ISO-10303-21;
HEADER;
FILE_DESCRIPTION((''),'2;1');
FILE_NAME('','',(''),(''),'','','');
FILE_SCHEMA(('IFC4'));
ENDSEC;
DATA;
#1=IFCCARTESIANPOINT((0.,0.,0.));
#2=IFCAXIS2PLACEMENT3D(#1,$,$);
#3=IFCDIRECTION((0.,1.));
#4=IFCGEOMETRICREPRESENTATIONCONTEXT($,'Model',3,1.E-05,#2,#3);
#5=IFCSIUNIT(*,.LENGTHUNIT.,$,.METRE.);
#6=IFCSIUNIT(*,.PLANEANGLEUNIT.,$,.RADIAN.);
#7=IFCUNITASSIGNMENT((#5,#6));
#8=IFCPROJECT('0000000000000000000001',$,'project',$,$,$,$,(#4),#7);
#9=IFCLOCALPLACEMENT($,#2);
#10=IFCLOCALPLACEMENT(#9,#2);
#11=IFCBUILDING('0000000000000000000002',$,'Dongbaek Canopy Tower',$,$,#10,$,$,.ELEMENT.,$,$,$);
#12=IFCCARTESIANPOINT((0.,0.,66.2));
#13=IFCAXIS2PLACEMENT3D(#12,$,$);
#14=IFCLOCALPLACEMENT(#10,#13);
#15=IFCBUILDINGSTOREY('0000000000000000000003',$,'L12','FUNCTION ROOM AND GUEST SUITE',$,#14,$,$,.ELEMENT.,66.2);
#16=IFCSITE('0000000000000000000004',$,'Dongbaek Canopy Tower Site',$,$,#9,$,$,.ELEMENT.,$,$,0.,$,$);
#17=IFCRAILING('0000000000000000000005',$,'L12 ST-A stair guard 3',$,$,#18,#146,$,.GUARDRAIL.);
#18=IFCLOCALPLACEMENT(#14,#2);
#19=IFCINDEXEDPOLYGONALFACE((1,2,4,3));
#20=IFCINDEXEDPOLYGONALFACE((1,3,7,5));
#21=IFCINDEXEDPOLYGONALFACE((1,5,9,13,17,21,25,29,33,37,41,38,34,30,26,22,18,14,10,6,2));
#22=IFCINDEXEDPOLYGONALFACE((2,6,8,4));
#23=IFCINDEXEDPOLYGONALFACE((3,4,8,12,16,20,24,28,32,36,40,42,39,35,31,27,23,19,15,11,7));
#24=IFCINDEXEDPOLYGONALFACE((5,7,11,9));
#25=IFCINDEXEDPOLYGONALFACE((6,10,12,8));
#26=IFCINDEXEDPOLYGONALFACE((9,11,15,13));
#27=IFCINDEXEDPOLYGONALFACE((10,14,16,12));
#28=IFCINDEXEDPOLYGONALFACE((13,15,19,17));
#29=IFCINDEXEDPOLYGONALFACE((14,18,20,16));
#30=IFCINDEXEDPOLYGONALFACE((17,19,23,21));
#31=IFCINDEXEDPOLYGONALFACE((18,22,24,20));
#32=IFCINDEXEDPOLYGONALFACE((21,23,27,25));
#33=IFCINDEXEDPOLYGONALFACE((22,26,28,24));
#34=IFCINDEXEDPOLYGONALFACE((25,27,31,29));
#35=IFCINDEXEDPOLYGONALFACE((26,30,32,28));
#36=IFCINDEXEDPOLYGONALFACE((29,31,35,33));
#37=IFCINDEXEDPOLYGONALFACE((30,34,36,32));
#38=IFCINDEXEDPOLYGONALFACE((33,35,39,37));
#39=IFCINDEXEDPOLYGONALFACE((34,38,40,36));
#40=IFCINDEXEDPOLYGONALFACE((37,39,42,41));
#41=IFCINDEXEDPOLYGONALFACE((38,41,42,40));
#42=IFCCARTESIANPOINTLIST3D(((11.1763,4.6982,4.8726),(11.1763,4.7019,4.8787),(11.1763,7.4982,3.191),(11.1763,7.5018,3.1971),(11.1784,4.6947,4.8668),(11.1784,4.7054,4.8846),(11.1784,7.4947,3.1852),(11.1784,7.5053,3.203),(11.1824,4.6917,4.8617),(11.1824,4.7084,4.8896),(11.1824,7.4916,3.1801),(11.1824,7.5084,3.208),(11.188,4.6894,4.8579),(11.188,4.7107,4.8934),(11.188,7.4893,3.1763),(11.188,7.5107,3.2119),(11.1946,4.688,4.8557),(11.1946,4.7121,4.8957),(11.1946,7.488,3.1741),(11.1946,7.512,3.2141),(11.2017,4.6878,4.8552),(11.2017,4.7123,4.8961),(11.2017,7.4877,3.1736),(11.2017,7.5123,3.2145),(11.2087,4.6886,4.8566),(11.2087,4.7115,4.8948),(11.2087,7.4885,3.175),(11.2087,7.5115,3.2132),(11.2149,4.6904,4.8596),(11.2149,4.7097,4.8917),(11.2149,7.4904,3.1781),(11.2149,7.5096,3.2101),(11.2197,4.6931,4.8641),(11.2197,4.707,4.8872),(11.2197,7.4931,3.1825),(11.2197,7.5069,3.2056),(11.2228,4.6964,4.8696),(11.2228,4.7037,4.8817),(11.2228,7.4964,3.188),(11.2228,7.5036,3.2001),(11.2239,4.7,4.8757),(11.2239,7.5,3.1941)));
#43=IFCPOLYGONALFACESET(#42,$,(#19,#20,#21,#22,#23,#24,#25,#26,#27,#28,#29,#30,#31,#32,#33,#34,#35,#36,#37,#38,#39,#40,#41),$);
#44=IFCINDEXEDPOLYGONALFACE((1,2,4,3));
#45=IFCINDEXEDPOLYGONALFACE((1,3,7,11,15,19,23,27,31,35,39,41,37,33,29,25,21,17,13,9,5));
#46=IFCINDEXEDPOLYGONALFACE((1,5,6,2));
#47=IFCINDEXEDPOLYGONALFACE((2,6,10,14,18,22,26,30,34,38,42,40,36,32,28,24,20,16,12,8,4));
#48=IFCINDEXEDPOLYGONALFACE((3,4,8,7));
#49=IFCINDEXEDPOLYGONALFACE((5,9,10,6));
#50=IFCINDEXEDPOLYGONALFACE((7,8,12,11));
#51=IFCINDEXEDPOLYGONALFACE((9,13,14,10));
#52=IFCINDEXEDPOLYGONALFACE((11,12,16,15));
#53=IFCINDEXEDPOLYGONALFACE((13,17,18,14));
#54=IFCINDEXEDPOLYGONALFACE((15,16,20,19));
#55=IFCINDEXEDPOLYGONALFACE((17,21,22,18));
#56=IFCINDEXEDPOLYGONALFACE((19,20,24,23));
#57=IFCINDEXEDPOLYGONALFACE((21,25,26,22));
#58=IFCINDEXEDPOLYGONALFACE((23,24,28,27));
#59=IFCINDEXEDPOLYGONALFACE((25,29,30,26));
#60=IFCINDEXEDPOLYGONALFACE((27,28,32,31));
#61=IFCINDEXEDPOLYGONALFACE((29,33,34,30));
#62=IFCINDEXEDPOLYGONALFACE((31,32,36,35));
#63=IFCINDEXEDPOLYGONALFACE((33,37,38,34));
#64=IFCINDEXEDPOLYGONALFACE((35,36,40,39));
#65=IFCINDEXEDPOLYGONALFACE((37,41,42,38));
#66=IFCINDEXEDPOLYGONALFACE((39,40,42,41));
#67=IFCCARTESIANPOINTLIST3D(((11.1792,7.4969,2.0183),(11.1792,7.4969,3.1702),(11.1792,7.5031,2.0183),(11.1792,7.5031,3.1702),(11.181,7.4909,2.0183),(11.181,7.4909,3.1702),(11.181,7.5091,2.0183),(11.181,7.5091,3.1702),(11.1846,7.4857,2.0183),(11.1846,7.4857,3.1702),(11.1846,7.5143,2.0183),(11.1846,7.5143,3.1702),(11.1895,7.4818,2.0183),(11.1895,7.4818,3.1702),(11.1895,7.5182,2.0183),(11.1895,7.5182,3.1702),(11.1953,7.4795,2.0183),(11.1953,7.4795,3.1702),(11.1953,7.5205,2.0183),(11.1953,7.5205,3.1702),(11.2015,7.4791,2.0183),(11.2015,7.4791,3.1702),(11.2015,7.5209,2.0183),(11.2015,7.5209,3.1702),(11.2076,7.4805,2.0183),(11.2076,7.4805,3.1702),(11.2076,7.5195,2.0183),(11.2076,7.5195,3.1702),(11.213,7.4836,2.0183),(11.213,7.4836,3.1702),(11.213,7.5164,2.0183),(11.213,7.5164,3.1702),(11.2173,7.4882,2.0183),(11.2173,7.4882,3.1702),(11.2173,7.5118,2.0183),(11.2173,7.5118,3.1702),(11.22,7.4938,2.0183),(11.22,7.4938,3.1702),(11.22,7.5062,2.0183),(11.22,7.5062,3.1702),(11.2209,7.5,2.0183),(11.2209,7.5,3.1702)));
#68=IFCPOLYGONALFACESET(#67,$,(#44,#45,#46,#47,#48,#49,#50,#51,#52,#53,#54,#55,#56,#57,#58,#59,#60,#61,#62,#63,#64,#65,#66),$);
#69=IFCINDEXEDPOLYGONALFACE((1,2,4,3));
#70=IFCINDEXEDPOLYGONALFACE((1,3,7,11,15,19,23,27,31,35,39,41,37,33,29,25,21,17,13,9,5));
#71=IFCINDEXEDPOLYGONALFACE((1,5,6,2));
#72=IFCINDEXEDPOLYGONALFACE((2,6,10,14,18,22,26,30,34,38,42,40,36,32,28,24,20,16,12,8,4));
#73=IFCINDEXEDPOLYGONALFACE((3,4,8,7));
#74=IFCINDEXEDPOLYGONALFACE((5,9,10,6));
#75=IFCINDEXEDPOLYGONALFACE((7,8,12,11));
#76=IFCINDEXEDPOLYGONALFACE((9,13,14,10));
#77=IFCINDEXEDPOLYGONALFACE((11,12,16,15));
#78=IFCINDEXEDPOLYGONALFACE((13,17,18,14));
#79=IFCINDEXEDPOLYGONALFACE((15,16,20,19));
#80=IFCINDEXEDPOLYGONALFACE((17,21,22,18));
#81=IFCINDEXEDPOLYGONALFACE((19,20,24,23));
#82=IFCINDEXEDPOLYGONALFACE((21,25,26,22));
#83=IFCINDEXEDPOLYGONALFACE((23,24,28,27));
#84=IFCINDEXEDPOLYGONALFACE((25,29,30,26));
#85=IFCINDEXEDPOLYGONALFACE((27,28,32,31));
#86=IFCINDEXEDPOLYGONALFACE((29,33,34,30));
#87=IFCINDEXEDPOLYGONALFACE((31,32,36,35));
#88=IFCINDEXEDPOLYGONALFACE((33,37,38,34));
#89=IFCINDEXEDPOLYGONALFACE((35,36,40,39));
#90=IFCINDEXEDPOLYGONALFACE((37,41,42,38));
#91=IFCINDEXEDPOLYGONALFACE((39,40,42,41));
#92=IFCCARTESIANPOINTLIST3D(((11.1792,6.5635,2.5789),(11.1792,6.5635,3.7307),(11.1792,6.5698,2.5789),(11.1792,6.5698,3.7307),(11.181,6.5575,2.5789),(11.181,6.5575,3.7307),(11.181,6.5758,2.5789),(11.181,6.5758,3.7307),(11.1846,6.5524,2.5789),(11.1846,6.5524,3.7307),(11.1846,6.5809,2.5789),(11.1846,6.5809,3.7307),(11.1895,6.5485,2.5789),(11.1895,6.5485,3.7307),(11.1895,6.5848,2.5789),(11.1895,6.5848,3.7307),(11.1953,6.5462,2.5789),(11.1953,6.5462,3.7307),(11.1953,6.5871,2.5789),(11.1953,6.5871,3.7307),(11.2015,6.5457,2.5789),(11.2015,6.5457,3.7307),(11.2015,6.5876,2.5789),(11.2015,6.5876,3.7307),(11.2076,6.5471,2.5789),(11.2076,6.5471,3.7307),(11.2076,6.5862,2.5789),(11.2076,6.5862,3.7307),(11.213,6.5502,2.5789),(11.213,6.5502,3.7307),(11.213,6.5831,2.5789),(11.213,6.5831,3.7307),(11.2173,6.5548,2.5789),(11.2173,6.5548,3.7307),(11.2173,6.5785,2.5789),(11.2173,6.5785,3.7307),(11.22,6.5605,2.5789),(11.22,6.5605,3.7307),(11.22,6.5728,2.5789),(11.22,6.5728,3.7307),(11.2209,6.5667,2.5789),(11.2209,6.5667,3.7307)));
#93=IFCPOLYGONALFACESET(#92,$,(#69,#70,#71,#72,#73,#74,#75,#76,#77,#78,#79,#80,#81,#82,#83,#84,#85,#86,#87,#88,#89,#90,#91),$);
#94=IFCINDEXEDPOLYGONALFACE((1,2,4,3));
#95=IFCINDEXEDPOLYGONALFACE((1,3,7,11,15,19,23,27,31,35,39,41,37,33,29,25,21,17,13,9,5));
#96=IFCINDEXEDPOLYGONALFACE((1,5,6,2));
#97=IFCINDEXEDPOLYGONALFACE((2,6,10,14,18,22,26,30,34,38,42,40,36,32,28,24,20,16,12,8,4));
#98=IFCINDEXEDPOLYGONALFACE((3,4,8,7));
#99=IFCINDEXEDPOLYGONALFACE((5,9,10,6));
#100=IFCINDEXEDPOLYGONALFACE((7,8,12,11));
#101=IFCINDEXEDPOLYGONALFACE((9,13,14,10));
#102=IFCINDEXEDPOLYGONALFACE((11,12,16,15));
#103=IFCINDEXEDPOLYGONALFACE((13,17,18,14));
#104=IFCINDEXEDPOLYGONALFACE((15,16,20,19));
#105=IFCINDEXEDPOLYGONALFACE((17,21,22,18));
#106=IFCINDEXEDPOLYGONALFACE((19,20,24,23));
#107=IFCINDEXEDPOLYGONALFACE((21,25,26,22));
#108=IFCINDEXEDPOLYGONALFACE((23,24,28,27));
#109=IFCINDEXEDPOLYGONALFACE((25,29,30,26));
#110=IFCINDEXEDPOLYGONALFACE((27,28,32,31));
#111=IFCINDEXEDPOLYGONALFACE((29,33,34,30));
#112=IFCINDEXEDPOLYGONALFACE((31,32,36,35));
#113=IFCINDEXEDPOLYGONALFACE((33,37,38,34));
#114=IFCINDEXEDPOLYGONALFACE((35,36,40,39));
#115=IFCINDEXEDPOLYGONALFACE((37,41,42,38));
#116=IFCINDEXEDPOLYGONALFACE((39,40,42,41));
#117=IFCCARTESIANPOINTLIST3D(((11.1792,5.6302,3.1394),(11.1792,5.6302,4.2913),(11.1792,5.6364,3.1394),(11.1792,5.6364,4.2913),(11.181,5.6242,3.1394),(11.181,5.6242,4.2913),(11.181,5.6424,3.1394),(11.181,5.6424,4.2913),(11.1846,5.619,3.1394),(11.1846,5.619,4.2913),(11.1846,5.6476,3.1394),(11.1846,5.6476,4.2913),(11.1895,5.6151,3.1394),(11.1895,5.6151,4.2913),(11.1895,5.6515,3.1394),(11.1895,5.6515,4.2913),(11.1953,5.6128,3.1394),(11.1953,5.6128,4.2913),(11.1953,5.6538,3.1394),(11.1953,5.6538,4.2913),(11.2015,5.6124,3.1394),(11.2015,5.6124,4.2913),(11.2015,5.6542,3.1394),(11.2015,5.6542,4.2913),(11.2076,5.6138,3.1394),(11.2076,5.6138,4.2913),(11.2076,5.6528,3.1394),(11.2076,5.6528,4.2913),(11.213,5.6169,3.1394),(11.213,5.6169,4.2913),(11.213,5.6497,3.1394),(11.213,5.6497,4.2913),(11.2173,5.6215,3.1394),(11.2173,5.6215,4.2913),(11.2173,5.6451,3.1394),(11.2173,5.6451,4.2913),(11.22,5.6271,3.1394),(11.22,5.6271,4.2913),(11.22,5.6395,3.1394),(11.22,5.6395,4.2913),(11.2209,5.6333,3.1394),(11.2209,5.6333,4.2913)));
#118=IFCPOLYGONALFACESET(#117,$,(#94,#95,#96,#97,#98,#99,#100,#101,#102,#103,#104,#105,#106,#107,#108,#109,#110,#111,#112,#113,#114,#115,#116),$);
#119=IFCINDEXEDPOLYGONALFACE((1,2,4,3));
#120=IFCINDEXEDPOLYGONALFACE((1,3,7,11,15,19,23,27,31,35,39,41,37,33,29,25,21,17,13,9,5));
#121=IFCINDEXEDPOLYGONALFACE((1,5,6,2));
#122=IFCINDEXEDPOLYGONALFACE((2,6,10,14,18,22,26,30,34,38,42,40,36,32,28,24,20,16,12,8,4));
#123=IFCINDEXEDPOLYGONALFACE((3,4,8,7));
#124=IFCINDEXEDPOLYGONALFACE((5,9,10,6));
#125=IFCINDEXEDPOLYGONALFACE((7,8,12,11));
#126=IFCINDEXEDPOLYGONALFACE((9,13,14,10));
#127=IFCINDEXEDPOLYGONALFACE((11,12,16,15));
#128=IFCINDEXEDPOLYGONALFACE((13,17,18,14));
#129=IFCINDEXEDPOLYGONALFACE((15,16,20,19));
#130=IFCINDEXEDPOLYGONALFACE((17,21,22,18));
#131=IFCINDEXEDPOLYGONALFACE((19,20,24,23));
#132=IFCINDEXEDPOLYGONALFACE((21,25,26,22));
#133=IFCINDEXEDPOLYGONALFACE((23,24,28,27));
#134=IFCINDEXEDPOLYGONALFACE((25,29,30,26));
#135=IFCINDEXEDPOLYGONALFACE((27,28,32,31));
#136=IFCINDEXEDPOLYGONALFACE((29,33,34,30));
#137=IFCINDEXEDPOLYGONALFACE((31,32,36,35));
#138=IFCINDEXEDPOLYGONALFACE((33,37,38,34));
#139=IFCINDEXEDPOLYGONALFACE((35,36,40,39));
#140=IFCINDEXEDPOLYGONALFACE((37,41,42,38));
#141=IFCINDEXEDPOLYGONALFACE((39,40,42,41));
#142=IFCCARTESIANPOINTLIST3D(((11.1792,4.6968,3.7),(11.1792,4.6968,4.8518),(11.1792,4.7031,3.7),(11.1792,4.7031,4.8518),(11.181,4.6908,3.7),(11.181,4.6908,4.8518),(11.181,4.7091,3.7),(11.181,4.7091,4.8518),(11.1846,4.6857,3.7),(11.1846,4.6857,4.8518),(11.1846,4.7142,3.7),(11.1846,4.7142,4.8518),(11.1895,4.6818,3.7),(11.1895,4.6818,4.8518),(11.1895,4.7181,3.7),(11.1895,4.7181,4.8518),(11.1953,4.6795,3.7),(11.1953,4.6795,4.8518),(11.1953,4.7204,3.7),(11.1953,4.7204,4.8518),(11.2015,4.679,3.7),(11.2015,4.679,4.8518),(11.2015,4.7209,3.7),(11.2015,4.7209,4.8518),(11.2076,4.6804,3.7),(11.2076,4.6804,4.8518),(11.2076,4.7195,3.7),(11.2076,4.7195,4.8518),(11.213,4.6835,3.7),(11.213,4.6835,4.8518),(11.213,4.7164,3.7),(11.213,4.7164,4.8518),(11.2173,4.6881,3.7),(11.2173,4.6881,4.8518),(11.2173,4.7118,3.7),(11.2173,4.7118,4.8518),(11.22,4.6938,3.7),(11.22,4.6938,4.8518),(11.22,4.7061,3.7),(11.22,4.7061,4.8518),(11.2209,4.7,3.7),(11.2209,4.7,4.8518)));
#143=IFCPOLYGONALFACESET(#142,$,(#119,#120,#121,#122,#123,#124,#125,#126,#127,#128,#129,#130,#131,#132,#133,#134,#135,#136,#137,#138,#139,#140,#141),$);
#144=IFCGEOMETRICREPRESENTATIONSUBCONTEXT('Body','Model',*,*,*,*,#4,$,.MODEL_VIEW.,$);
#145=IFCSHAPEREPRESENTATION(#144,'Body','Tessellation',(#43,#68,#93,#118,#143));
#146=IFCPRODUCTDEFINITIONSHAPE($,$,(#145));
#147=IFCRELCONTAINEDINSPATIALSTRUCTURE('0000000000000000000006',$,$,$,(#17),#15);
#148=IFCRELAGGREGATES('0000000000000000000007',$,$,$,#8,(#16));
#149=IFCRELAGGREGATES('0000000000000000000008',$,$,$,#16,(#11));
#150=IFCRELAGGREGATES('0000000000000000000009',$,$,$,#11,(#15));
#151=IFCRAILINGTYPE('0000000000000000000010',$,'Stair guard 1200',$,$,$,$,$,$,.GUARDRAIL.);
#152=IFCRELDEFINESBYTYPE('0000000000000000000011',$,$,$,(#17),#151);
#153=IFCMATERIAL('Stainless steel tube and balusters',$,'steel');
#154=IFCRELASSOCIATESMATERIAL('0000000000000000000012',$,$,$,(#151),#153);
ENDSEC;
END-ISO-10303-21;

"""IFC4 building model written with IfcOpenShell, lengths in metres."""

from ifc_helpers import new_model, si_unit, direction, frame, origin, origin_2d, place, context, subcontext, project, spatial, circle, extrude, material, type_object, element, save


model = new_model("IFC4")

# Units and contexts
model_context = context("Model", 3, precision=1e-05, world=origin(), true_north=direction((0.0, 1.0)))
body_context = subcontext(model_context, "Body", "Model", "MODEL_VIEW")
ifc_project = project(units=[si_unit("LENGTHUNIT", "METRE"), si_unit("PLANEANGLEUNIT", "RADIAN")], contexts=[model_context])

# Site, building, storey
site_placement = place(None, origin())
site = spatial("IfcSite", under=ifc_project, at=site_placement, Name="Dongbaek Canopy Tower Site", CompositionType="ELEMENT", RefElevation=0.0)
building_placement = place(site_placement, origin())
building = spatial("IfcBuilding", under=site, at=building_placement, Name="Dongbaek Canopy Tower", CompositionType="ELEMENT")
storey_placement = place(building_placement, frame((0.0, 0.0, 66.2)))
storey = spatial("IfcBuildingStorey", under=building, at=storey_placement, Name="L12", Description="FUNCTION ROOM AND GUEST SUITE", CompositionType="ELEMENT", Elevation=66.2)

# Railing
ifc_material_1 = material(Name="Stainless steel tube and balusters", Category="steel")
railing_type_1 = type_object("IfcRailingType", Name="Stair guard 1200", PredefinedType="GUARDRAIL", material=ifc_material_1)
railing_1_placement = place(storey_placement, frame((11.2, 7.5, 2.0183)))
element("IfcRailing", 1, at=railing_1_placement, inside=storey, type_object=railing_type_1, Name="L12 ST-A stair guard 3", PredefinedType="GUARDRAIL", context=body_context, shape_type="SweptSolid", body=[
    extrude(circle(Radius=0.0239, at=origin_2d()), frame((0.0, 0.0, 1.1758), z_axis=(0.0, -0.857275, 0.514858), x_axis=(1.0, 0.0, 0.0)), (0.0, 0.0, 1.0), 3.2661),
    extrude(circle(Radius=0.021, at=origin_2d()), origin(), (0.0, 0.0, 1.0), 1.1519),
    extrude(circle(Radius=0.021, at=origin_2d()), frame((0.0, -0.9333, 0.5605)), (0.0, 0.0, 1.0), 1.1519),
    extrude(circle(Radius=0.021, at=origin_2d()), frame((0.0, -1.8667, 1.1211)), (0.0, 0.0, 1.0), 1.1519),
    extrude(circle(Radius=0.021, at=origin_2d()), frame((0.0, -2.8, 1.6816)), (0.0, 0.0, 1.0), 1.1519),
])

save(model, "model.ifc")
